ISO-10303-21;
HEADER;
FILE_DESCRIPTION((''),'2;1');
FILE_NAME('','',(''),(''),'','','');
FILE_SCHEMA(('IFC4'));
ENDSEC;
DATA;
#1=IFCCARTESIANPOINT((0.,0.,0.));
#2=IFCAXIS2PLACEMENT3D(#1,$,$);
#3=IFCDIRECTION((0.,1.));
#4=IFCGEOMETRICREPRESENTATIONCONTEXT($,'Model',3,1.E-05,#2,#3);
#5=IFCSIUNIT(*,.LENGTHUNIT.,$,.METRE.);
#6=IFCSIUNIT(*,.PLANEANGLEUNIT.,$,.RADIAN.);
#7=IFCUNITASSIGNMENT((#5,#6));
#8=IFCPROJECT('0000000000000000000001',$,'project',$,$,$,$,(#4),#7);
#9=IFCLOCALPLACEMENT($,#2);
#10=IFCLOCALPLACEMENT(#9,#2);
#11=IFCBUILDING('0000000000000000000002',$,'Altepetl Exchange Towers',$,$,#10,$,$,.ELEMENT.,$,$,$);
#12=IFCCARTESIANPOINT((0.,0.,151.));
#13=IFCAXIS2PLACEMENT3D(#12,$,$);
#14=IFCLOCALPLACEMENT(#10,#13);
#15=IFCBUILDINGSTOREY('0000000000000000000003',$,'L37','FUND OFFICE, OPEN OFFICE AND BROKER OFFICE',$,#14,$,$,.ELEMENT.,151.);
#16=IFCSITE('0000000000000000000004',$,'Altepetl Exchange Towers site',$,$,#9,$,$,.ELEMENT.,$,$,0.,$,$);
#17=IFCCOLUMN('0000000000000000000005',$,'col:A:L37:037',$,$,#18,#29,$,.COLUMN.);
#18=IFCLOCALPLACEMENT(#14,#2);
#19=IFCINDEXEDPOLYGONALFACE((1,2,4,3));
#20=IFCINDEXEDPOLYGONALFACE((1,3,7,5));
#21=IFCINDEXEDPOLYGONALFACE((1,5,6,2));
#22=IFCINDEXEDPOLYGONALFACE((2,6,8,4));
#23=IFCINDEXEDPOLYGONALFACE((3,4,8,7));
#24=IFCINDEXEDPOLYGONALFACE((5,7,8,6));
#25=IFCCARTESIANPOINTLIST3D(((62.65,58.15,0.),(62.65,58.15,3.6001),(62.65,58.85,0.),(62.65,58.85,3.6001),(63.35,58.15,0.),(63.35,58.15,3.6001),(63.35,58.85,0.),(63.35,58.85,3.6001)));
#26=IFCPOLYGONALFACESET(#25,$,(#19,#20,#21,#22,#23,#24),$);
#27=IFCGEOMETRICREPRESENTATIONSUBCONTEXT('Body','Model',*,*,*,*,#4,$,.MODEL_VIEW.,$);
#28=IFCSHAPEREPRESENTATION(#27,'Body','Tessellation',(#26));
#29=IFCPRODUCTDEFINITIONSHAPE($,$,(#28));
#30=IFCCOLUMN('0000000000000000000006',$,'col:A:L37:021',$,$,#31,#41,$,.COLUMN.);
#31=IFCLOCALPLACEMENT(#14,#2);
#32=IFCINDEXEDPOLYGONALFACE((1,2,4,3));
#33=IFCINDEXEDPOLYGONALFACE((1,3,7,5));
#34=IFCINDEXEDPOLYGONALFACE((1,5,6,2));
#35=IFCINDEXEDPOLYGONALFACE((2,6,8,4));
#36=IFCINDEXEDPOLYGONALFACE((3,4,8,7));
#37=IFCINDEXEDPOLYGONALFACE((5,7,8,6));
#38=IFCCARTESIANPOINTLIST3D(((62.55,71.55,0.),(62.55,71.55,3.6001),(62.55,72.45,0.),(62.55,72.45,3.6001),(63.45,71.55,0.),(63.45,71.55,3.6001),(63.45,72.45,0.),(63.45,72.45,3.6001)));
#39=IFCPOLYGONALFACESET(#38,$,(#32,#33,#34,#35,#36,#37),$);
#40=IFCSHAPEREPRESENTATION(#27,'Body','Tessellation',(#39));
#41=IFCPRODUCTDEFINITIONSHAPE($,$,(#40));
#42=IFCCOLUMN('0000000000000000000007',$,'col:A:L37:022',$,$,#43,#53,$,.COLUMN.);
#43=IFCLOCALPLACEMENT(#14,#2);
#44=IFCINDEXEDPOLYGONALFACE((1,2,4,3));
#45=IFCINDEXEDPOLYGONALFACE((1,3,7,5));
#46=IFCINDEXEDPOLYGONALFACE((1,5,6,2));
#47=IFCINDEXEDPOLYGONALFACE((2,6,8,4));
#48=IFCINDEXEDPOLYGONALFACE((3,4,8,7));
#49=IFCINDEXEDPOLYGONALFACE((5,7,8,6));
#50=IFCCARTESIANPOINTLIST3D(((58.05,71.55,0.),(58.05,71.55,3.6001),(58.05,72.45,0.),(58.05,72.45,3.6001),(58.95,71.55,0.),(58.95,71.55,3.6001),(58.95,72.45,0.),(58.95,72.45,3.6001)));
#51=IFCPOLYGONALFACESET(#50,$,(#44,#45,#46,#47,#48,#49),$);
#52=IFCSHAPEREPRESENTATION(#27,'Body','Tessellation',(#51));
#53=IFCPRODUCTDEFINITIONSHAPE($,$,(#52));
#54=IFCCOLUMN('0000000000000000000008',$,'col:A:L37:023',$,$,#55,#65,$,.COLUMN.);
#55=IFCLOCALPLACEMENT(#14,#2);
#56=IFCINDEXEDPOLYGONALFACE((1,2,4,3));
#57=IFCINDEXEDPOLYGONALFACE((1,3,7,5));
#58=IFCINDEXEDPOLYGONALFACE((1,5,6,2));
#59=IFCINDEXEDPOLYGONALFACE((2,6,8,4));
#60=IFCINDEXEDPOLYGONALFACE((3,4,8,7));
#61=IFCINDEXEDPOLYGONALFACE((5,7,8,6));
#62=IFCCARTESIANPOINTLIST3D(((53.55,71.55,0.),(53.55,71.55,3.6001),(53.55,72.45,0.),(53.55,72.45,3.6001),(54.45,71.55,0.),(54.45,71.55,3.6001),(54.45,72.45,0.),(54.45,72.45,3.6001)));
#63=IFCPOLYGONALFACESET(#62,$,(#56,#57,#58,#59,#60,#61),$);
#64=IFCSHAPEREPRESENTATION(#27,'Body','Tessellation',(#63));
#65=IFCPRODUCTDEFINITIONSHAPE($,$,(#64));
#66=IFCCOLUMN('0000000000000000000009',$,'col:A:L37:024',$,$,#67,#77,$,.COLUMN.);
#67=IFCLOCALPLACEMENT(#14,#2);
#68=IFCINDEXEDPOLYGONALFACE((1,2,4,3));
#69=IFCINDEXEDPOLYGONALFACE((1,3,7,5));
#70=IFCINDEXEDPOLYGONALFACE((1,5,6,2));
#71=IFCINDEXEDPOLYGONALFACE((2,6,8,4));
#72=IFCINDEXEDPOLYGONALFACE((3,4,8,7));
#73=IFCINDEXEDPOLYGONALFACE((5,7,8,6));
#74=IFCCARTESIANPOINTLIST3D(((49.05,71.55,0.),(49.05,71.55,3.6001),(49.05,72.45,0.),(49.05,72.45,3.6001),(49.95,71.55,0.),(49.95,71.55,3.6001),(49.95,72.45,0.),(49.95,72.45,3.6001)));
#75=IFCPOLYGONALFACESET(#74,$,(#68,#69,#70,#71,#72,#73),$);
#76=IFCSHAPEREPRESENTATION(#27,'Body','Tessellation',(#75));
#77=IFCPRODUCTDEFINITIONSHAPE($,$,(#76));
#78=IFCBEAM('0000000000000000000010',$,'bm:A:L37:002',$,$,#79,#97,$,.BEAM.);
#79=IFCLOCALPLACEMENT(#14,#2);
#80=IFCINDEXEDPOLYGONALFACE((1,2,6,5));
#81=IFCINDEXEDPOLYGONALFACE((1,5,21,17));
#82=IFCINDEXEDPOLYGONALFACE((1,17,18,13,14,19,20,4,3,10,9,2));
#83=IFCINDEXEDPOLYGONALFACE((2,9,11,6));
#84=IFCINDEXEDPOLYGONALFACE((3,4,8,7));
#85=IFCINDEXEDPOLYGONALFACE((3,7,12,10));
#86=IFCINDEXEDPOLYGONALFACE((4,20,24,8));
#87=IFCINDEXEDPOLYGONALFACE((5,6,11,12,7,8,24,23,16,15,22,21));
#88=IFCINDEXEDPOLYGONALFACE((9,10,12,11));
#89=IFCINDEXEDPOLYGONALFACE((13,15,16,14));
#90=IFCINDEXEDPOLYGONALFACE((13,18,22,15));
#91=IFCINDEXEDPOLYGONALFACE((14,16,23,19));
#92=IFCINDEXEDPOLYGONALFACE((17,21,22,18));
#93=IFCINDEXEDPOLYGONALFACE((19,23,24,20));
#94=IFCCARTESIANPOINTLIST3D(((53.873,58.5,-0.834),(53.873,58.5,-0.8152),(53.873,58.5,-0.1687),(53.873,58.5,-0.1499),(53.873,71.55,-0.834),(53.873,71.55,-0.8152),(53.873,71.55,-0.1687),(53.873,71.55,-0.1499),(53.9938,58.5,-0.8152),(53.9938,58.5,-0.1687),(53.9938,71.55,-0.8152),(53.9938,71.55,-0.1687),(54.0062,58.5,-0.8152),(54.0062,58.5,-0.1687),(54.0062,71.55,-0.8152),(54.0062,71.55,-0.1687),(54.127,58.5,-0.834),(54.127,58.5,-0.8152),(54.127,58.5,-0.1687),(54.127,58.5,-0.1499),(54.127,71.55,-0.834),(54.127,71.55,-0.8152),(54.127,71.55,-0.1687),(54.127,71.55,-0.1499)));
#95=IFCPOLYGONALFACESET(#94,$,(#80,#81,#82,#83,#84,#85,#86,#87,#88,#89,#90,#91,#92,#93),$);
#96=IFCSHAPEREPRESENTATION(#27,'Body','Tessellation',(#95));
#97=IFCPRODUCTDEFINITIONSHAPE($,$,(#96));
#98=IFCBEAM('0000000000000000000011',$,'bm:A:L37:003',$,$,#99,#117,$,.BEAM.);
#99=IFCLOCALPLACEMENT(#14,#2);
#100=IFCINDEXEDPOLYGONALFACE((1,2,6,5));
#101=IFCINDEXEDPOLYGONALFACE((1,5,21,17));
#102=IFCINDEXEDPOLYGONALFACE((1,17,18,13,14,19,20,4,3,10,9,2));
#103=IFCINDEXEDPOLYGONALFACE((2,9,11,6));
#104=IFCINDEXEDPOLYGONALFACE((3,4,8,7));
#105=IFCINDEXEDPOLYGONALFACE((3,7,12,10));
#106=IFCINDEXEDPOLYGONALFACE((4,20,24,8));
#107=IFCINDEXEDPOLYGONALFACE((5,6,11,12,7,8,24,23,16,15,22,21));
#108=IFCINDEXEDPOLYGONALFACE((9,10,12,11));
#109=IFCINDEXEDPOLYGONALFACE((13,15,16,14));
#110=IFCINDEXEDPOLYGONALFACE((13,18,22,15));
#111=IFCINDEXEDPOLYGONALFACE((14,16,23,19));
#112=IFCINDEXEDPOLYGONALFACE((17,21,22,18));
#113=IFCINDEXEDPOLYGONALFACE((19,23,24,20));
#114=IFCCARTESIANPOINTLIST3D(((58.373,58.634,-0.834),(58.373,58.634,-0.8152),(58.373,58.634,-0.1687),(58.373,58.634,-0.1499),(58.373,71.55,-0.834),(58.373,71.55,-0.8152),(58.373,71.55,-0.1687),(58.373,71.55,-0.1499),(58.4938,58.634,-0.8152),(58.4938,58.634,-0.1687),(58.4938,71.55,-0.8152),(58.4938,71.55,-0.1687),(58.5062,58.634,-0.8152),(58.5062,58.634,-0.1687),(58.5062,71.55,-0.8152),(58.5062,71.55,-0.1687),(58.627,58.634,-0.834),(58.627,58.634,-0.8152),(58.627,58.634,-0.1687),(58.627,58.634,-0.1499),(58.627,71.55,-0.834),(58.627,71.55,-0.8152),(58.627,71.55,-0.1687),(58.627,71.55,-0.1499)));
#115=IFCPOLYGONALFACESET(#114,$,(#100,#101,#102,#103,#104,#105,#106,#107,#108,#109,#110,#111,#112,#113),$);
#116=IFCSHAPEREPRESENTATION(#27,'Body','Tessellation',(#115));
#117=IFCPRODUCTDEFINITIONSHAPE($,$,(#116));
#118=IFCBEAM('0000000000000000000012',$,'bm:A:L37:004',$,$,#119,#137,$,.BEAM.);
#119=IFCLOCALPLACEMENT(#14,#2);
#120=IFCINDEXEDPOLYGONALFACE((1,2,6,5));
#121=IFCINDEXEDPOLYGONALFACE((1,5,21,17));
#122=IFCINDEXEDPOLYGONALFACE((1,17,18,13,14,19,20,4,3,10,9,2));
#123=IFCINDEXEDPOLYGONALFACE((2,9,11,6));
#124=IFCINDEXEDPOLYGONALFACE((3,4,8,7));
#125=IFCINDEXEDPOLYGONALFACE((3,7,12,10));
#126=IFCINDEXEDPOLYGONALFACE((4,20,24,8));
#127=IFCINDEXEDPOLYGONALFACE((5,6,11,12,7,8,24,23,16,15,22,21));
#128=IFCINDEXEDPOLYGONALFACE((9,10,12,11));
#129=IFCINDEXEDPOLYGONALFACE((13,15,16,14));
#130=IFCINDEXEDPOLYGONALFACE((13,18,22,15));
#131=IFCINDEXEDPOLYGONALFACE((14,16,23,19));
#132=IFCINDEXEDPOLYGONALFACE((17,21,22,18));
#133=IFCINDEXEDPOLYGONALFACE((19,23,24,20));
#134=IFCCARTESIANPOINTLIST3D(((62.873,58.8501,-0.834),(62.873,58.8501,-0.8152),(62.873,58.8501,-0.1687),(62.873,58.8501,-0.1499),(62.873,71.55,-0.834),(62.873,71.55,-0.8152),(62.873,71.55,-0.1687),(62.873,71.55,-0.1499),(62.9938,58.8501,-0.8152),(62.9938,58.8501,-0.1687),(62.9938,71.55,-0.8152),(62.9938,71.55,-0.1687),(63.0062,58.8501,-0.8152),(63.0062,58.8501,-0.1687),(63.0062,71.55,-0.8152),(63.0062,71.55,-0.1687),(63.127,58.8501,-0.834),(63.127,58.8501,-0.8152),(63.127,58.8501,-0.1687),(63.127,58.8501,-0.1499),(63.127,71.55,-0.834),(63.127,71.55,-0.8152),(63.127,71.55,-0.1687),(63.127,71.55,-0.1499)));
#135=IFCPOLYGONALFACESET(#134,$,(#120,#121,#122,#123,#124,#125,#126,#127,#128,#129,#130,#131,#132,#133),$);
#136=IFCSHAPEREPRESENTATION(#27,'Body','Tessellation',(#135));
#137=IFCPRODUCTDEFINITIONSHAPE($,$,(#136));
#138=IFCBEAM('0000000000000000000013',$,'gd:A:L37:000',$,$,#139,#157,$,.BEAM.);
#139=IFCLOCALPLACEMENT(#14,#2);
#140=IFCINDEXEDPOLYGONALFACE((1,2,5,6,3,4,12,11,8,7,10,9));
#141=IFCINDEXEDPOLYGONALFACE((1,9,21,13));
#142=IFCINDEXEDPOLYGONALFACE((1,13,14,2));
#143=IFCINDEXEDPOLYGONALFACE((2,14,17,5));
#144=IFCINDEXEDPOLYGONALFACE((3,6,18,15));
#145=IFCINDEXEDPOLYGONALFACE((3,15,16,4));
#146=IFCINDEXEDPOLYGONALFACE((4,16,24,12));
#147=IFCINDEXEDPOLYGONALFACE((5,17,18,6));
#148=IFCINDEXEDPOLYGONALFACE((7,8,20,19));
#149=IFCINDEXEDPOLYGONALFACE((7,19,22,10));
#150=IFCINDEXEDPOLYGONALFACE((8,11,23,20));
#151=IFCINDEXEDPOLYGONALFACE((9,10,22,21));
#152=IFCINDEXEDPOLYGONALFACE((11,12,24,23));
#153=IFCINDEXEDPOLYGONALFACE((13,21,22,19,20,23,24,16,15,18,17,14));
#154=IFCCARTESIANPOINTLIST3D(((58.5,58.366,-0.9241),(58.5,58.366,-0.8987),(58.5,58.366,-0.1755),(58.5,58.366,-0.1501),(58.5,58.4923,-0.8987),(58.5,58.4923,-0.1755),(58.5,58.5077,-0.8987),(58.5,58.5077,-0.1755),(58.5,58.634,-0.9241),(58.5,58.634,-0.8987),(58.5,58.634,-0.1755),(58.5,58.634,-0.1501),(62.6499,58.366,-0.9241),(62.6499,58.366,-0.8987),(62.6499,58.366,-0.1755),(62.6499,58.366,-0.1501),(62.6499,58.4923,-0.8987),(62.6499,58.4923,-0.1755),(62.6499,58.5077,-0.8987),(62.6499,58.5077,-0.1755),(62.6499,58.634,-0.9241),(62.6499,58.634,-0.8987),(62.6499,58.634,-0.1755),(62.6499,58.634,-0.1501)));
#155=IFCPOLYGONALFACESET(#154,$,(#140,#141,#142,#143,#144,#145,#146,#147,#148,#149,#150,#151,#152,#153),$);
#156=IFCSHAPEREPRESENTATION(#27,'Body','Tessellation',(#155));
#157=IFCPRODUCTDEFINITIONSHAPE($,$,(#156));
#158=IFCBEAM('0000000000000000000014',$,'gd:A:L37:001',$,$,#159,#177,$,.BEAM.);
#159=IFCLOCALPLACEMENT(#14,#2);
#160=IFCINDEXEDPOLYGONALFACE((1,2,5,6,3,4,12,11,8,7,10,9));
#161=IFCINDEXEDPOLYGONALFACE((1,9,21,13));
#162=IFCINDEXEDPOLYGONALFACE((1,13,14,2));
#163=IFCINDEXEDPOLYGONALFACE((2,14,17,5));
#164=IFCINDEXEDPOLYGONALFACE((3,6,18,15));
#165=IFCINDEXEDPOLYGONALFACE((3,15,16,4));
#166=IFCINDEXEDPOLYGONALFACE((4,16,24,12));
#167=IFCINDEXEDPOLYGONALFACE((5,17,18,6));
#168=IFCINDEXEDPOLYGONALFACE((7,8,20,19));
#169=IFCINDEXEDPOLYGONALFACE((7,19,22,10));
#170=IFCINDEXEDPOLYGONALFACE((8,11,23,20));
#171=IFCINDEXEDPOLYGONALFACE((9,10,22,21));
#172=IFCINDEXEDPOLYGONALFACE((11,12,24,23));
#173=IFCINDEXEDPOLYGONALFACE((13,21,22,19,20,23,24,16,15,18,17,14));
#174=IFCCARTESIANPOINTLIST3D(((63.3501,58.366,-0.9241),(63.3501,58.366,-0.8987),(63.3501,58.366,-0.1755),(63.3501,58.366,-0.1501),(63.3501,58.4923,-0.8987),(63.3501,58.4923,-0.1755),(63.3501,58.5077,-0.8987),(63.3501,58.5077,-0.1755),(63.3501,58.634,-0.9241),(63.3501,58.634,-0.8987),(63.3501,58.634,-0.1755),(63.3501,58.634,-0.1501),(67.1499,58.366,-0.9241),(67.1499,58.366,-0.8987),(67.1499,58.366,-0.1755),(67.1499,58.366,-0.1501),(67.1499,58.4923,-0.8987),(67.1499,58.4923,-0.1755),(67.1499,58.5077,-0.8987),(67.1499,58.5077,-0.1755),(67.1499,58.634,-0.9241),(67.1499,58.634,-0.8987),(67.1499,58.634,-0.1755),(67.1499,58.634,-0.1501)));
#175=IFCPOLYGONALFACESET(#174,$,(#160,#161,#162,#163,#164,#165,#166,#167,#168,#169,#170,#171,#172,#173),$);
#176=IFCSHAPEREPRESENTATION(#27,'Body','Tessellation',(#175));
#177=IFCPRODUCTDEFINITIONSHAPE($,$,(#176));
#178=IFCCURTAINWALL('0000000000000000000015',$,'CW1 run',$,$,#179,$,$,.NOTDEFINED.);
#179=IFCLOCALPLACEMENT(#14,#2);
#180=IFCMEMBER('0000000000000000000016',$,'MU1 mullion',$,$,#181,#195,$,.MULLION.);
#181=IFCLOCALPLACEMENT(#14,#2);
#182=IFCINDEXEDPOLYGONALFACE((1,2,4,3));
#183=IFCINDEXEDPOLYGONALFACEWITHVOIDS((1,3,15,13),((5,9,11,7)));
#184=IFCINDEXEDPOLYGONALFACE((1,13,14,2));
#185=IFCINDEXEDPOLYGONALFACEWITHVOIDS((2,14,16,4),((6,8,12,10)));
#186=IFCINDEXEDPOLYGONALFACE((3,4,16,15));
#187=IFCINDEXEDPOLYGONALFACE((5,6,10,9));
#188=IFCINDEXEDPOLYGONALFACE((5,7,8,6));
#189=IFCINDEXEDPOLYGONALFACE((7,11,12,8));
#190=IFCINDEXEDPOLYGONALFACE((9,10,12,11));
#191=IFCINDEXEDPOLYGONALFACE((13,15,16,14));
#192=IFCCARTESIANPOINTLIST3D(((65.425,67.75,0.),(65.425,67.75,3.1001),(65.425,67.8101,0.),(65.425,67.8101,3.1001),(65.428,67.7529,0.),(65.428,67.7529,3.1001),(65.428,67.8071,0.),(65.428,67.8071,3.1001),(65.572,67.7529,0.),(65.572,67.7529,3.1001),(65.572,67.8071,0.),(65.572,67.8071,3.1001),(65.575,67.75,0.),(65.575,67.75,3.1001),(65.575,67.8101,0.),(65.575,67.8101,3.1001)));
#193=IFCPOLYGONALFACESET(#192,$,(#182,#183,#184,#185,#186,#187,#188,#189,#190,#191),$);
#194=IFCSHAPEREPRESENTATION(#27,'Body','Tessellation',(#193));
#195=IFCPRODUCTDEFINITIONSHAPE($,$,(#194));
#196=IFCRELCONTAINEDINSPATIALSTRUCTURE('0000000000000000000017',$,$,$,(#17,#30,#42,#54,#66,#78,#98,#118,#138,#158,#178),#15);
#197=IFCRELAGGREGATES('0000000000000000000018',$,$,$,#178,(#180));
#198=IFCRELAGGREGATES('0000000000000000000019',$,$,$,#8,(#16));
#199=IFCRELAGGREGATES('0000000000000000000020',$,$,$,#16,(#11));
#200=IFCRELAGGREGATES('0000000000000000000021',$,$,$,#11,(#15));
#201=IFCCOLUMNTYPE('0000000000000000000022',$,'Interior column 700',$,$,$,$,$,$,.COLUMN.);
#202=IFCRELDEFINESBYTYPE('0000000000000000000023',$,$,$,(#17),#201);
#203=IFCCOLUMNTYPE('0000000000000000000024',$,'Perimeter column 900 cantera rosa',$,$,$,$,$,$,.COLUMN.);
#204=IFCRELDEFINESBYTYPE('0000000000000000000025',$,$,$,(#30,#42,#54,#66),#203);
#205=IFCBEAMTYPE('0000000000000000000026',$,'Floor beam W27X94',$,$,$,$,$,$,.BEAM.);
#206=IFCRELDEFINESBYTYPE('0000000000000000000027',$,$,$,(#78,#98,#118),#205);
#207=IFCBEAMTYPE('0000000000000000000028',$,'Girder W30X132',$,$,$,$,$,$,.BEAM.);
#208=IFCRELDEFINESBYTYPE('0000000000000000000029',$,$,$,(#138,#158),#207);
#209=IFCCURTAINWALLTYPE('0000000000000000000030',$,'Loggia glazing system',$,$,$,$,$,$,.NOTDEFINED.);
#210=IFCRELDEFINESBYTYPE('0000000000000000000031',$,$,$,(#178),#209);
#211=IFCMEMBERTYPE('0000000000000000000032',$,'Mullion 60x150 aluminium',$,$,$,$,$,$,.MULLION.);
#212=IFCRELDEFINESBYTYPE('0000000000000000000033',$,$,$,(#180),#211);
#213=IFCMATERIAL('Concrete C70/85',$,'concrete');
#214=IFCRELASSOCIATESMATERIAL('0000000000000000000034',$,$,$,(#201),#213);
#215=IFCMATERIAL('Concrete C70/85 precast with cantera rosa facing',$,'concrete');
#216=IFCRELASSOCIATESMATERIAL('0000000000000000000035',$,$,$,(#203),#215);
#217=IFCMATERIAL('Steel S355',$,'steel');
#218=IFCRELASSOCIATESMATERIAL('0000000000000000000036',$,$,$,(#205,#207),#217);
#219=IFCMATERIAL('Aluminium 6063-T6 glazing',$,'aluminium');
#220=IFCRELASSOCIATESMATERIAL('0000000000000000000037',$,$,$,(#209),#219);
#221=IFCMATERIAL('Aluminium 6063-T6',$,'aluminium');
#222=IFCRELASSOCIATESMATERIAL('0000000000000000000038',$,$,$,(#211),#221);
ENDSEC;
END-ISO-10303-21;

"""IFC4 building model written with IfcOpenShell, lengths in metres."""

from ifc_helpers import new_model, si_unit, direction, frame, origin, origin_2d, place, context, subcontext, project, spatial, rectangle, hollow_rectangle, i_section, extrude, material, material_profile, profile_set, type_object, element, aggregate, save


model = new_model("IFC4")

# Units and contexts
model_context = context("Model", 3, precision=1e-05, world=origin(), true_north=direction((0.0, 1.0)))
body_context = subcontext(model_context, "Body", "Model", "MODEL_VIEW")
ifc_project = project(units=[si_unit("LENGTHUNIT", "METRE"), si_unit("PLANEANGLEUNIT", "RADIAN")], contexts=[model_context])

# Site, building, storey
site_placement = place(None, origin())
site = spatial("IfcSite", under=ifc_project, at=site_placement, Name="Altepetl Exchange Towers site", CompositionType="ELEMENT", RefElevation=0.0)
building_placement = place(site_placement, origin())
building = spatial("IfcBuilding", under=site, at=building_placement, Name="Altepetl Exchange Towers", CompositionType="ELEMENT")
storey_placement = place(building_placement, frame((0.0, 0.0, 151.0)))
storey = spatial("IfcBuildingStorey", under=building, at=storey_placement, Name="L37", Description="FUND OFFICE, OPEN OFFICE AND BROKER OFFICE", CompositionType="ELEMENT", Elevation=151.0)

# Columns
ifc_material_1 = material(Name="Concrete C70/85", Category="concrete")
ifc_material_profile_1 = material_profile(ifc_material_1, rectangle(XDim=0.7, YDim=0.7, at=origin_2d()), Name="700 x 700")
ifc_profile_set_1 = profile_set([ifc_material_profile_1], Name="Concrete C70/85")
column_type_1 = type_object("IfcColumnType", Name="Interior column 700", PredefinedType="COLUMN", material=ifc_profile_set_1)
column_placement = place(storey_placement, frame((63.0, 58.5, 0.0)))
element("IfcColumn", 1, at=column_placement, inside=storey, type_object=column_type_1, Name="col:A:L37:037", PredefinedType="COLUMN", context=body_context, shape_type="SweptSolid", body=[
    extrude(rectangle(XDim=0.7, YDim=0.7, at=origin_2d()), origin(), (0.0, 0.0, 1.0), 3.6001),
])
ifc_material_2 = material(Name="Concrete C70/85 precast with cantera rosa facing", Category="concrete")
ifc_material_profile_2 = material_profile(ifc_material_2, rectangle(XDim=0.8999, YDim=0.8999, at=origin_2d()), Name="900 x 900")
ifc_profile_set_2 = profile_set([ifc_material_profile_2], Name="Concrete C70/85 precast with cantera rosa facing")
column_type_2 = type_object("IfcColumnType", Name="Perimeter column 900 cantera rosa", PredefinedType="COLUMN", material=ifc_profile_set_2)
for number, where, name in (
    (2, (63.0, 72.0, 0.0), "col:A:L37:021"),
    (3, (58.5, 72.0, 0.0), "col:A:L37:022"),
    (4, (54.0, 72.0, 0.0), "col:A:L37:023"),
    (5, (49.5, 72.0, 0.0), "col:A:L37:024"),
):
    element("IfcColumn", number, at=place(storey_placement, frame(where)), inside=storey, type_object=column_type_2, Name=name, PredefinedType="COLUMN", context=body_context, shape_type="SweptSolid", body=[
        extrude(rectangle(XDim=0.8999, YDim=0.8999, at=origin_2d()), origin(), (0.0, 0.0, 1.0), 3.6001),
    ])

# Beams
ifc_material_3 = material(Name="Steel S355", Category="steel")
ifc_material_profile_3 = material_profile(ifc_material_3, i_section(OverallWidth=0.2539, OverallDepth=0.6841, WebThickness=0.0125, FlangeThickness=0.0188, at=origin_2d()), Name="W27X94")
ifc_profile_set_3 = profile_set([ifc_material_profile_3], Name="Steel S355")
beam_type_1 = type_object("IfcBeamType", Name="Floor beam W27X94", PredefinedType="BEAM", material=ifc_profile_set_3)
beam_1_placement = place(storey_placement, frame((54.0, 58.5, -0.4919), z_axis=(0.0, 1.0, 0.0), x_axis=(-1.0, 0.0, 0.0)))
element("IfcBeam", 6, at=beam_1_placement, inside=storey, type_object=beam_type_1, Name="bm:A:L37:002", PredefinedType="BEAM", context=body_context, shape_type="SweptSolid", body=[
    extrude(i_section(OverallWidth=0.2539, OverallDepth=0.6841, WebThickness=0.0125, FlangeThickness=0.0188, at=origin_2d()), origin(), (0.0, 0.0, 1.0), 13.05),
])
beam_2_placement = place(storey_placement, frame((58.5, 58.634, -0.4919), z_axis=(0.0, 1.0, 0.0), x_axis=(-1.0, 0.0, 0.0)))
element("IfcBeam", 7, at=beam_2_placement, inside=storey, type_object=beam_type_1, Name="bm:A:L37:003", PredefinedType="BEAM", context=body_context, shape_type="SweptSolid", body=[
    extrude(i_section(OverallWidth=0.2539, OverallDepth=0.6841, WebThickness=0.0125, FlangeThickness=0.0188, at=origin_2d()), origin(), (0.0, 0.0, 1.0), 12.916),
])
beam_3_placement = place(storey_placement, frame((63.0, 58.8501, -0.4919), z_axis=(0.0, 1.0, 0.0), x_axis=(-1.0, 0.0, 0.0)))
element("IfcBeam", 8, at=beam_3_placement, inside=storey, type_object=beam_type_1, Name="bm:A:L37:004", PredefinedType="BEAM", context=body_context, shape_type="SweptSolid", body=[
    extrude(i_section(OverallWidth=0.2539, OverallDepth=0.6841, WebThickness=0.0125, FlangeThickness=0.0188, at=origin_2d()), origin(), (0.0, 0.0, 1.0), 12.7),
])
ifc_material_profile_4 = material_profile(ifc_material_3, i_section(OverallWidth=0.2681, OverallDepth=0.7739, WebThickness=0.0154, FlangeThickness=0.0254, at=origin_2d()), Name="W30X132")
ifc_profile_set_4 = profile_set([ifc_material_profile_4], Name="Steel S355")
beam_type_2 = type_object("IfcBeamType", Name="Girder W30X132", PredefinedType="BEAM", material=ifc_profile_set_4)
beam_4_placement = place(storey_placement, frame((58.5, 58.5, -0.5371), z_axis=(1.0, 0.0, 0.0), x_axis=(0.0, 1.0, 0.0)))
element("IfcBeam", 9, at=beam_4_placement, inside=storey, type_object=beam_type_2, Name="gd:A:L37:000", PredefinedType="BEAM", context=body_context, shape_type="SweptSolid", body=[
    extrude(i_section(OverallWidth=0.2681, OverallDepth=0.7739, WebThickness=0.0154, FlangeThickness=0.0254, at=origin_2d()), origin(), (0.0, 0.0, 1.0), 4.1499),
])
beam_5_placement = place(storey_placement, frame((63.3501, 58.5, -0.5371), z_axis=(1.0, 0.0, 0.0), x_axis=(0.0, 1.0, 0.0)))
element("IfcBeam", 10, at=beam_5_placement, inside=storey, type_object=beam_type_2, Name="gd:A:L37:001", PredefinedType="BEAM", context=body_context, shape_type="SweptSolid", body=[
    extrude(i_section(OverallWidth=0.2681, OverallDepth=0.7739, WebThickness=0.0154, FlangeThickness=0.0254, at=origin_2d()), origin(), (0.0, 0.0, 1.0), 3.7998),
])

# Curtain wall, member
ifc_material_4 = material(Name="Aluminium 6063-T6 glazing", Category="aluminium")
curtain_wall_type = type_object("IfcCurtainWallType", Name="Loggia glazing system", PredefinedType="NOTDEFINED", material=ifc_material_4)
curtain_wall_1_placement = place(storey_placement, origin())
curtain_wall_1 = element("IfcCurtainWall", 11, at=curtain_wall_1_placement, inside=storey, type_object=curtain_wall_type, Name="CW1 run", PredefinedType="NOTDEFINED")
ifc_material_5 = material(Name="Aluminium 6063-T6", Category="aluminium")
ifc_material_profile_5 = material_profile(ifc_material_5, hollow_rectangle(XDim=0.0601, YDim=0.1499, WallThickness=0.0029, at=origin_2d()), Name="Mullion 60x150 aluminium")
ifc_profile_set_5 = profile_set([ifc_material_profile_5], Name="Aluminium 6063-T6")
member_type = type_object("IfcMemberType", Name="Mullion 60x150 aluminium", PredefinedType="MULLION", material=ifc_profile_set_5)
member_1_placement = place(storey_placement, frame((65.5, 67.78, 0.0), z_axis=(0.0, 0.0, 1.0), x_axis=(0.0, 1.0, 0.0)))
member_1 = element("IfcMember", 12, at=member_1_placement, type_object=member_type, Name="MU1 mullion", PredefinedType="MULLION", context=body_context, shape_type="SweptSolid", body=[
    extrude(hollow_rectangle(XDim=0.0601, YDim=0.1499, WallThickness=0.0029, at=origin_2d()), origin(), (0.0, 0.0, 1.0), 3.1001),
])

aggregate(curtain_wall_1, [member_1])

save(model, "model.ifc")
